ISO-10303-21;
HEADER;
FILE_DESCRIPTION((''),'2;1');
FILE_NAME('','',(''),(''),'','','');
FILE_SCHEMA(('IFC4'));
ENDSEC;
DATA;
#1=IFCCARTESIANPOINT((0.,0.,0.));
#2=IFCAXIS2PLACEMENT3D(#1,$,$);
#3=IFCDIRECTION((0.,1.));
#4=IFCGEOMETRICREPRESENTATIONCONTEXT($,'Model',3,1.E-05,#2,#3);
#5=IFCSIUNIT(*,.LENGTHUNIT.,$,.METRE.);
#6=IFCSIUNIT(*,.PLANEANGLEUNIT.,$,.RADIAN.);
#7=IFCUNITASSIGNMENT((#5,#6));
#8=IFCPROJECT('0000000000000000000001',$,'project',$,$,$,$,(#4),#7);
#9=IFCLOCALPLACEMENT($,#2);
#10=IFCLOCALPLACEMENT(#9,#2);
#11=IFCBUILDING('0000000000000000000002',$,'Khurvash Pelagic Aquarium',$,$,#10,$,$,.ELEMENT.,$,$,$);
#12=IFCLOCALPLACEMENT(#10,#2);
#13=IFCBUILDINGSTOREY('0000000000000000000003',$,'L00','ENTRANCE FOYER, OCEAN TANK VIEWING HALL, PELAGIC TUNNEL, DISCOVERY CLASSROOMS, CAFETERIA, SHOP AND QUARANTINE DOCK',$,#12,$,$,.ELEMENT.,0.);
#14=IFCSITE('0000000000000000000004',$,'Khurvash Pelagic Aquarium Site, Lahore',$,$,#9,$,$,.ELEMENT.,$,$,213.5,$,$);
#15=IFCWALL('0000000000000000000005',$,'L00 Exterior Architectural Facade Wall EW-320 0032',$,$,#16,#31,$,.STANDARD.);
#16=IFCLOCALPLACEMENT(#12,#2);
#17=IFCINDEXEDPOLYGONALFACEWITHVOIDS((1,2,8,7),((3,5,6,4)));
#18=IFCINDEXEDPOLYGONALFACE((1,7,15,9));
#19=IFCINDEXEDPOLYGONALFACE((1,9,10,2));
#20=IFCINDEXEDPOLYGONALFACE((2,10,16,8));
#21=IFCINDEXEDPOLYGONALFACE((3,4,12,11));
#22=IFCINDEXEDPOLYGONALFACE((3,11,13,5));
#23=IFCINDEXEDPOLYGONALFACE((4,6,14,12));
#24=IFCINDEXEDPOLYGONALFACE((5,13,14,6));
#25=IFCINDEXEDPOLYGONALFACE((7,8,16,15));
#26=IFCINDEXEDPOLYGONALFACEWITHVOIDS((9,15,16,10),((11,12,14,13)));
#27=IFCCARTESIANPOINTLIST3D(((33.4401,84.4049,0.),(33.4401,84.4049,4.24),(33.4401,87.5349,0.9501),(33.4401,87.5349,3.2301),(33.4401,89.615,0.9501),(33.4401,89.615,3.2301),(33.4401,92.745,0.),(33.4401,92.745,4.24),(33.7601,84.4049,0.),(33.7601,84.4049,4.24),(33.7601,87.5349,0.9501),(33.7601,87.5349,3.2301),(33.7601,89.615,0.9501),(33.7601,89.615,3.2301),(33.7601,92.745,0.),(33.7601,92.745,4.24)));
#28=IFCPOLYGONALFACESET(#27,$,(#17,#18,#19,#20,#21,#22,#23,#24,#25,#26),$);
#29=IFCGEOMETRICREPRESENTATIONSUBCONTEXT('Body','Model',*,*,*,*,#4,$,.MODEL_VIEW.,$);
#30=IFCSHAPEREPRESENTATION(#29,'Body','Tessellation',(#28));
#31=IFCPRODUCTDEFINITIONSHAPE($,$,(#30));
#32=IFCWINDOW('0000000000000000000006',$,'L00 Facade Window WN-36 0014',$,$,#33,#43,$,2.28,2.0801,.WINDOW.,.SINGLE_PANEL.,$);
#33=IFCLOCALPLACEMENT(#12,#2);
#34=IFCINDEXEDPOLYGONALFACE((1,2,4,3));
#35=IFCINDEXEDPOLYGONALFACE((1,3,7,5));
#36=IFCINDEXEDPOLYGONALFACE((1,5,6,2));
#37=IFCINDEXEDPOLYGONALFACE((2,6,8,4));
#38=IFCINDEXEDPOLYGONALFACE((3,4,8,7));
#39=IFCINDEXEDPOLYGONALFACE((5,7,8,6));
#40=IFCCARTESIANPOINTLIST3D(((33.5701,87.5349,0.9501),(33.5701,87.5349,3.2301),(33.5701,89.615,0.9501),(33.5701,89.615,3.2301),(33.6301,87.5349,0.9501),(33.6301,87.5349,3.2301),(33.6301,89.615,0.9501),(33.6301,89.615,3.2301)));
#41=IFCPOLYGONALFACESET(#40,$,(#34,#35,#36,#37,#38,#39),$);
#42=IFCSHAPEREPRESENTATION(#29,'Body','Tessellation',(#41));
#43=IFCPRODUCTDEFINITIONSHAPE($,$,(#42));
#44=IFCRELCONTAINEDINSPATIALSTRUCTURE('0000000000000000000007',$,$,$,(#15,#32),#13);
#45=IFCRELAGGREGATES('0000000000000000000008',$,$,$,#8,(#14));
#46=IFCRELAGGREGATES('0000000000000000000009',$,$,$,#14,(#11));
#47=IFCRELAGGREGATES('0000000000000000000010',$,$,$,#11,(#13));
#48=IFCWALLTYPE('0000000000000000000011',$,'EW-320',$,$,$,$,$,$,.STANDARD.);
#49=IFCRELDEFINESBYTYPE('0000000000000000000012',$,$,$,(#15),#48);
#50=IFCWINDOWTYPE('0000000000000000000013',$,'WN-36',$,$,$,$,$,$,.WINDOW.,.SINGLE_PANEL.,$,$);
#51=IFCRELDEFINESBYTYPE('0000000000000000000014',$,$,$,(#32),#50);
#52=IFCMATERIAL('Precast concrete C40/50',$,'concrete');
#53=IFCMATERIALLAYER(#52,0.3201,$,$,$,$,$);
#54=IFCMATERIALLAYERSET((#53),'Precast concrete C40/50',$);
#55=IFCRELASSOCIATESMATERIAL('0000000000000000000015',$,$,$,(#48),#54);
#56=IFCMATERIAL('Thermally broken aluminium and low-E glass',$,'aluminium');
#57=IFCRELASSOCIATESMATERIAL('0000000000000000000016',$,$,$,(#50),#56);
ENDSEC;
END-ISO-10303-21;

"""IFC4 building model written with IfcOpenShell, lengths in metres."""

from ifc_helpers import new_model, si_unit, direction, frame, frame_2d, origin, place, context, subcontext, project, spatial, rectangle, extrude, material, layer, layer_set, type_object, element, fill, save


model = new_model("IFC4")

# Units and contexts
model_context = context("Model", 3, precision=1e-05, world=origin(), true_north=direction((0.0, 1.0)))
body_context = subcontext(model_context, "Body", "Model", "MODEL_VIEW")
ifc_project = project(units=[si_unit("LENGTHUNIT", "METRE"), si_unit("PLANEANGLEUNIT", "RADIAN")], contexts=[model_context])

# Site, building, storey
site_placement = place(None, origin())
site = spatial("IfcSite", under=ifc_project, at=site_placement, Name="Khurvash Pelagic Aquarium Site, Lahore", CompositionType="ELEMENT", RefElevation=213.5)
building_placement = place(site_placement, origin())
building = spatial("IfcBuilding", under=site, at=building_placement, Name="Khurvash Pelagic Aquarium", CompositionType="ELEMENT")
storey_placement = place(building_placement, origin())
storey = spatial("IfcBuildingStorey", under=building, at=storey_placement, Name="L00", Description="ENTRANCE FOYER, OCEAN TANK VIEWING HALL, PELAGIC TUNNEL, DISCOVERY CLASSROOMS, CAFETERIA, SHOP AND QUARANTINE DOCK", CompositionType="ELEMENT", Elevation=0.0)

# Wall, opening, window
ifc_material_1 = material(Name="Precast concrete C40/50", Category="concrete")
ifc_layer_1 = layer(ifc_material_1, 0.3201)
ifc_layer_set_1 = layer_set([ifc_layer_1], Name="Precast concrete C40/50")
wall_type = type_object("IfcWallType", Name="EW-320", PredefinedType="STANDARD", material=ifc_layer_set_1)
wall_placement = place(storey_placement, frame((33.6001, 84.405, 0.0), z_axis=(0.0, 0.0, 1.0), x_axis=(0.0, 1.0, 0.0)))
wall = element("IfcWall", 1, at=wall_placement, inside=storey, type_object=wall_type, Name="L00 Exterior Architectural Facade Wall EW-320 0032", PredefinedType="STANDARD", context=body_context, shape_type="SweptSolid", body=[
    extrude(rectangle(XDim=8.3401, YDim=0.3201, at=frame_2d((4.1699, 0.0))), origin(), (0.0, 0.0, 1.0), 4.24),
])
opening_placement = place(wall_placement, frame((3.1299, 0.0, 0.95)))
opening = element("IfcOpeningElement", 2, at=opening_placement, cuts=wall, PredefinedType="OPENING", context=body_context, shape_type="SweptSolid", body=[
    extrude(rectangle(XDim=2.0801, YDim=2.28, at=frame_2d((1.04, 1.1401))), frame((0.0, 0.1699, 0.0), z_axis=(0.0, -1.0, 0.0), x_axis=(1.0, 0.0, 0.0)), (0.0, 0.0, 1.0), 0.3401),
])
ifc_material_2 = material(Name="Thermally broken aluminium and low-E glass", Category="aluminium")
window_type = type_object("IfcWindowType", Name="WN-36", PartitioningType="SINGLE_PANEL", PredefinedType="WINDOW", material=ifc_material_2)
window_placement = place(opening_placement, origin())
window = element("IfcWindow", 3, at=window_placement, inside=storey, type_object=window_type, Name="L00 Facade Window WN-36 0014", OverallHeight=2.28, OverallWidth=2.0801, PartitioningType="SINGLE_PANEL", PredefinedType="WINDOW", context=body_context, shape_type="SweptSolid", body=[
    extrude(rectangle(XDim=2.0801, YDim=2.28, at=frame_2d((1.04, 1.1401))), frame((0.0, 0.03, 0.0), z_axis=(0.0, -1.0, 0.0), x_axis=(1.0, 0.0, 0.0)), (0.0, 0.0, 1.0), 0.0601),
])
fill(opening, window)

save(model, "model.ifc")
